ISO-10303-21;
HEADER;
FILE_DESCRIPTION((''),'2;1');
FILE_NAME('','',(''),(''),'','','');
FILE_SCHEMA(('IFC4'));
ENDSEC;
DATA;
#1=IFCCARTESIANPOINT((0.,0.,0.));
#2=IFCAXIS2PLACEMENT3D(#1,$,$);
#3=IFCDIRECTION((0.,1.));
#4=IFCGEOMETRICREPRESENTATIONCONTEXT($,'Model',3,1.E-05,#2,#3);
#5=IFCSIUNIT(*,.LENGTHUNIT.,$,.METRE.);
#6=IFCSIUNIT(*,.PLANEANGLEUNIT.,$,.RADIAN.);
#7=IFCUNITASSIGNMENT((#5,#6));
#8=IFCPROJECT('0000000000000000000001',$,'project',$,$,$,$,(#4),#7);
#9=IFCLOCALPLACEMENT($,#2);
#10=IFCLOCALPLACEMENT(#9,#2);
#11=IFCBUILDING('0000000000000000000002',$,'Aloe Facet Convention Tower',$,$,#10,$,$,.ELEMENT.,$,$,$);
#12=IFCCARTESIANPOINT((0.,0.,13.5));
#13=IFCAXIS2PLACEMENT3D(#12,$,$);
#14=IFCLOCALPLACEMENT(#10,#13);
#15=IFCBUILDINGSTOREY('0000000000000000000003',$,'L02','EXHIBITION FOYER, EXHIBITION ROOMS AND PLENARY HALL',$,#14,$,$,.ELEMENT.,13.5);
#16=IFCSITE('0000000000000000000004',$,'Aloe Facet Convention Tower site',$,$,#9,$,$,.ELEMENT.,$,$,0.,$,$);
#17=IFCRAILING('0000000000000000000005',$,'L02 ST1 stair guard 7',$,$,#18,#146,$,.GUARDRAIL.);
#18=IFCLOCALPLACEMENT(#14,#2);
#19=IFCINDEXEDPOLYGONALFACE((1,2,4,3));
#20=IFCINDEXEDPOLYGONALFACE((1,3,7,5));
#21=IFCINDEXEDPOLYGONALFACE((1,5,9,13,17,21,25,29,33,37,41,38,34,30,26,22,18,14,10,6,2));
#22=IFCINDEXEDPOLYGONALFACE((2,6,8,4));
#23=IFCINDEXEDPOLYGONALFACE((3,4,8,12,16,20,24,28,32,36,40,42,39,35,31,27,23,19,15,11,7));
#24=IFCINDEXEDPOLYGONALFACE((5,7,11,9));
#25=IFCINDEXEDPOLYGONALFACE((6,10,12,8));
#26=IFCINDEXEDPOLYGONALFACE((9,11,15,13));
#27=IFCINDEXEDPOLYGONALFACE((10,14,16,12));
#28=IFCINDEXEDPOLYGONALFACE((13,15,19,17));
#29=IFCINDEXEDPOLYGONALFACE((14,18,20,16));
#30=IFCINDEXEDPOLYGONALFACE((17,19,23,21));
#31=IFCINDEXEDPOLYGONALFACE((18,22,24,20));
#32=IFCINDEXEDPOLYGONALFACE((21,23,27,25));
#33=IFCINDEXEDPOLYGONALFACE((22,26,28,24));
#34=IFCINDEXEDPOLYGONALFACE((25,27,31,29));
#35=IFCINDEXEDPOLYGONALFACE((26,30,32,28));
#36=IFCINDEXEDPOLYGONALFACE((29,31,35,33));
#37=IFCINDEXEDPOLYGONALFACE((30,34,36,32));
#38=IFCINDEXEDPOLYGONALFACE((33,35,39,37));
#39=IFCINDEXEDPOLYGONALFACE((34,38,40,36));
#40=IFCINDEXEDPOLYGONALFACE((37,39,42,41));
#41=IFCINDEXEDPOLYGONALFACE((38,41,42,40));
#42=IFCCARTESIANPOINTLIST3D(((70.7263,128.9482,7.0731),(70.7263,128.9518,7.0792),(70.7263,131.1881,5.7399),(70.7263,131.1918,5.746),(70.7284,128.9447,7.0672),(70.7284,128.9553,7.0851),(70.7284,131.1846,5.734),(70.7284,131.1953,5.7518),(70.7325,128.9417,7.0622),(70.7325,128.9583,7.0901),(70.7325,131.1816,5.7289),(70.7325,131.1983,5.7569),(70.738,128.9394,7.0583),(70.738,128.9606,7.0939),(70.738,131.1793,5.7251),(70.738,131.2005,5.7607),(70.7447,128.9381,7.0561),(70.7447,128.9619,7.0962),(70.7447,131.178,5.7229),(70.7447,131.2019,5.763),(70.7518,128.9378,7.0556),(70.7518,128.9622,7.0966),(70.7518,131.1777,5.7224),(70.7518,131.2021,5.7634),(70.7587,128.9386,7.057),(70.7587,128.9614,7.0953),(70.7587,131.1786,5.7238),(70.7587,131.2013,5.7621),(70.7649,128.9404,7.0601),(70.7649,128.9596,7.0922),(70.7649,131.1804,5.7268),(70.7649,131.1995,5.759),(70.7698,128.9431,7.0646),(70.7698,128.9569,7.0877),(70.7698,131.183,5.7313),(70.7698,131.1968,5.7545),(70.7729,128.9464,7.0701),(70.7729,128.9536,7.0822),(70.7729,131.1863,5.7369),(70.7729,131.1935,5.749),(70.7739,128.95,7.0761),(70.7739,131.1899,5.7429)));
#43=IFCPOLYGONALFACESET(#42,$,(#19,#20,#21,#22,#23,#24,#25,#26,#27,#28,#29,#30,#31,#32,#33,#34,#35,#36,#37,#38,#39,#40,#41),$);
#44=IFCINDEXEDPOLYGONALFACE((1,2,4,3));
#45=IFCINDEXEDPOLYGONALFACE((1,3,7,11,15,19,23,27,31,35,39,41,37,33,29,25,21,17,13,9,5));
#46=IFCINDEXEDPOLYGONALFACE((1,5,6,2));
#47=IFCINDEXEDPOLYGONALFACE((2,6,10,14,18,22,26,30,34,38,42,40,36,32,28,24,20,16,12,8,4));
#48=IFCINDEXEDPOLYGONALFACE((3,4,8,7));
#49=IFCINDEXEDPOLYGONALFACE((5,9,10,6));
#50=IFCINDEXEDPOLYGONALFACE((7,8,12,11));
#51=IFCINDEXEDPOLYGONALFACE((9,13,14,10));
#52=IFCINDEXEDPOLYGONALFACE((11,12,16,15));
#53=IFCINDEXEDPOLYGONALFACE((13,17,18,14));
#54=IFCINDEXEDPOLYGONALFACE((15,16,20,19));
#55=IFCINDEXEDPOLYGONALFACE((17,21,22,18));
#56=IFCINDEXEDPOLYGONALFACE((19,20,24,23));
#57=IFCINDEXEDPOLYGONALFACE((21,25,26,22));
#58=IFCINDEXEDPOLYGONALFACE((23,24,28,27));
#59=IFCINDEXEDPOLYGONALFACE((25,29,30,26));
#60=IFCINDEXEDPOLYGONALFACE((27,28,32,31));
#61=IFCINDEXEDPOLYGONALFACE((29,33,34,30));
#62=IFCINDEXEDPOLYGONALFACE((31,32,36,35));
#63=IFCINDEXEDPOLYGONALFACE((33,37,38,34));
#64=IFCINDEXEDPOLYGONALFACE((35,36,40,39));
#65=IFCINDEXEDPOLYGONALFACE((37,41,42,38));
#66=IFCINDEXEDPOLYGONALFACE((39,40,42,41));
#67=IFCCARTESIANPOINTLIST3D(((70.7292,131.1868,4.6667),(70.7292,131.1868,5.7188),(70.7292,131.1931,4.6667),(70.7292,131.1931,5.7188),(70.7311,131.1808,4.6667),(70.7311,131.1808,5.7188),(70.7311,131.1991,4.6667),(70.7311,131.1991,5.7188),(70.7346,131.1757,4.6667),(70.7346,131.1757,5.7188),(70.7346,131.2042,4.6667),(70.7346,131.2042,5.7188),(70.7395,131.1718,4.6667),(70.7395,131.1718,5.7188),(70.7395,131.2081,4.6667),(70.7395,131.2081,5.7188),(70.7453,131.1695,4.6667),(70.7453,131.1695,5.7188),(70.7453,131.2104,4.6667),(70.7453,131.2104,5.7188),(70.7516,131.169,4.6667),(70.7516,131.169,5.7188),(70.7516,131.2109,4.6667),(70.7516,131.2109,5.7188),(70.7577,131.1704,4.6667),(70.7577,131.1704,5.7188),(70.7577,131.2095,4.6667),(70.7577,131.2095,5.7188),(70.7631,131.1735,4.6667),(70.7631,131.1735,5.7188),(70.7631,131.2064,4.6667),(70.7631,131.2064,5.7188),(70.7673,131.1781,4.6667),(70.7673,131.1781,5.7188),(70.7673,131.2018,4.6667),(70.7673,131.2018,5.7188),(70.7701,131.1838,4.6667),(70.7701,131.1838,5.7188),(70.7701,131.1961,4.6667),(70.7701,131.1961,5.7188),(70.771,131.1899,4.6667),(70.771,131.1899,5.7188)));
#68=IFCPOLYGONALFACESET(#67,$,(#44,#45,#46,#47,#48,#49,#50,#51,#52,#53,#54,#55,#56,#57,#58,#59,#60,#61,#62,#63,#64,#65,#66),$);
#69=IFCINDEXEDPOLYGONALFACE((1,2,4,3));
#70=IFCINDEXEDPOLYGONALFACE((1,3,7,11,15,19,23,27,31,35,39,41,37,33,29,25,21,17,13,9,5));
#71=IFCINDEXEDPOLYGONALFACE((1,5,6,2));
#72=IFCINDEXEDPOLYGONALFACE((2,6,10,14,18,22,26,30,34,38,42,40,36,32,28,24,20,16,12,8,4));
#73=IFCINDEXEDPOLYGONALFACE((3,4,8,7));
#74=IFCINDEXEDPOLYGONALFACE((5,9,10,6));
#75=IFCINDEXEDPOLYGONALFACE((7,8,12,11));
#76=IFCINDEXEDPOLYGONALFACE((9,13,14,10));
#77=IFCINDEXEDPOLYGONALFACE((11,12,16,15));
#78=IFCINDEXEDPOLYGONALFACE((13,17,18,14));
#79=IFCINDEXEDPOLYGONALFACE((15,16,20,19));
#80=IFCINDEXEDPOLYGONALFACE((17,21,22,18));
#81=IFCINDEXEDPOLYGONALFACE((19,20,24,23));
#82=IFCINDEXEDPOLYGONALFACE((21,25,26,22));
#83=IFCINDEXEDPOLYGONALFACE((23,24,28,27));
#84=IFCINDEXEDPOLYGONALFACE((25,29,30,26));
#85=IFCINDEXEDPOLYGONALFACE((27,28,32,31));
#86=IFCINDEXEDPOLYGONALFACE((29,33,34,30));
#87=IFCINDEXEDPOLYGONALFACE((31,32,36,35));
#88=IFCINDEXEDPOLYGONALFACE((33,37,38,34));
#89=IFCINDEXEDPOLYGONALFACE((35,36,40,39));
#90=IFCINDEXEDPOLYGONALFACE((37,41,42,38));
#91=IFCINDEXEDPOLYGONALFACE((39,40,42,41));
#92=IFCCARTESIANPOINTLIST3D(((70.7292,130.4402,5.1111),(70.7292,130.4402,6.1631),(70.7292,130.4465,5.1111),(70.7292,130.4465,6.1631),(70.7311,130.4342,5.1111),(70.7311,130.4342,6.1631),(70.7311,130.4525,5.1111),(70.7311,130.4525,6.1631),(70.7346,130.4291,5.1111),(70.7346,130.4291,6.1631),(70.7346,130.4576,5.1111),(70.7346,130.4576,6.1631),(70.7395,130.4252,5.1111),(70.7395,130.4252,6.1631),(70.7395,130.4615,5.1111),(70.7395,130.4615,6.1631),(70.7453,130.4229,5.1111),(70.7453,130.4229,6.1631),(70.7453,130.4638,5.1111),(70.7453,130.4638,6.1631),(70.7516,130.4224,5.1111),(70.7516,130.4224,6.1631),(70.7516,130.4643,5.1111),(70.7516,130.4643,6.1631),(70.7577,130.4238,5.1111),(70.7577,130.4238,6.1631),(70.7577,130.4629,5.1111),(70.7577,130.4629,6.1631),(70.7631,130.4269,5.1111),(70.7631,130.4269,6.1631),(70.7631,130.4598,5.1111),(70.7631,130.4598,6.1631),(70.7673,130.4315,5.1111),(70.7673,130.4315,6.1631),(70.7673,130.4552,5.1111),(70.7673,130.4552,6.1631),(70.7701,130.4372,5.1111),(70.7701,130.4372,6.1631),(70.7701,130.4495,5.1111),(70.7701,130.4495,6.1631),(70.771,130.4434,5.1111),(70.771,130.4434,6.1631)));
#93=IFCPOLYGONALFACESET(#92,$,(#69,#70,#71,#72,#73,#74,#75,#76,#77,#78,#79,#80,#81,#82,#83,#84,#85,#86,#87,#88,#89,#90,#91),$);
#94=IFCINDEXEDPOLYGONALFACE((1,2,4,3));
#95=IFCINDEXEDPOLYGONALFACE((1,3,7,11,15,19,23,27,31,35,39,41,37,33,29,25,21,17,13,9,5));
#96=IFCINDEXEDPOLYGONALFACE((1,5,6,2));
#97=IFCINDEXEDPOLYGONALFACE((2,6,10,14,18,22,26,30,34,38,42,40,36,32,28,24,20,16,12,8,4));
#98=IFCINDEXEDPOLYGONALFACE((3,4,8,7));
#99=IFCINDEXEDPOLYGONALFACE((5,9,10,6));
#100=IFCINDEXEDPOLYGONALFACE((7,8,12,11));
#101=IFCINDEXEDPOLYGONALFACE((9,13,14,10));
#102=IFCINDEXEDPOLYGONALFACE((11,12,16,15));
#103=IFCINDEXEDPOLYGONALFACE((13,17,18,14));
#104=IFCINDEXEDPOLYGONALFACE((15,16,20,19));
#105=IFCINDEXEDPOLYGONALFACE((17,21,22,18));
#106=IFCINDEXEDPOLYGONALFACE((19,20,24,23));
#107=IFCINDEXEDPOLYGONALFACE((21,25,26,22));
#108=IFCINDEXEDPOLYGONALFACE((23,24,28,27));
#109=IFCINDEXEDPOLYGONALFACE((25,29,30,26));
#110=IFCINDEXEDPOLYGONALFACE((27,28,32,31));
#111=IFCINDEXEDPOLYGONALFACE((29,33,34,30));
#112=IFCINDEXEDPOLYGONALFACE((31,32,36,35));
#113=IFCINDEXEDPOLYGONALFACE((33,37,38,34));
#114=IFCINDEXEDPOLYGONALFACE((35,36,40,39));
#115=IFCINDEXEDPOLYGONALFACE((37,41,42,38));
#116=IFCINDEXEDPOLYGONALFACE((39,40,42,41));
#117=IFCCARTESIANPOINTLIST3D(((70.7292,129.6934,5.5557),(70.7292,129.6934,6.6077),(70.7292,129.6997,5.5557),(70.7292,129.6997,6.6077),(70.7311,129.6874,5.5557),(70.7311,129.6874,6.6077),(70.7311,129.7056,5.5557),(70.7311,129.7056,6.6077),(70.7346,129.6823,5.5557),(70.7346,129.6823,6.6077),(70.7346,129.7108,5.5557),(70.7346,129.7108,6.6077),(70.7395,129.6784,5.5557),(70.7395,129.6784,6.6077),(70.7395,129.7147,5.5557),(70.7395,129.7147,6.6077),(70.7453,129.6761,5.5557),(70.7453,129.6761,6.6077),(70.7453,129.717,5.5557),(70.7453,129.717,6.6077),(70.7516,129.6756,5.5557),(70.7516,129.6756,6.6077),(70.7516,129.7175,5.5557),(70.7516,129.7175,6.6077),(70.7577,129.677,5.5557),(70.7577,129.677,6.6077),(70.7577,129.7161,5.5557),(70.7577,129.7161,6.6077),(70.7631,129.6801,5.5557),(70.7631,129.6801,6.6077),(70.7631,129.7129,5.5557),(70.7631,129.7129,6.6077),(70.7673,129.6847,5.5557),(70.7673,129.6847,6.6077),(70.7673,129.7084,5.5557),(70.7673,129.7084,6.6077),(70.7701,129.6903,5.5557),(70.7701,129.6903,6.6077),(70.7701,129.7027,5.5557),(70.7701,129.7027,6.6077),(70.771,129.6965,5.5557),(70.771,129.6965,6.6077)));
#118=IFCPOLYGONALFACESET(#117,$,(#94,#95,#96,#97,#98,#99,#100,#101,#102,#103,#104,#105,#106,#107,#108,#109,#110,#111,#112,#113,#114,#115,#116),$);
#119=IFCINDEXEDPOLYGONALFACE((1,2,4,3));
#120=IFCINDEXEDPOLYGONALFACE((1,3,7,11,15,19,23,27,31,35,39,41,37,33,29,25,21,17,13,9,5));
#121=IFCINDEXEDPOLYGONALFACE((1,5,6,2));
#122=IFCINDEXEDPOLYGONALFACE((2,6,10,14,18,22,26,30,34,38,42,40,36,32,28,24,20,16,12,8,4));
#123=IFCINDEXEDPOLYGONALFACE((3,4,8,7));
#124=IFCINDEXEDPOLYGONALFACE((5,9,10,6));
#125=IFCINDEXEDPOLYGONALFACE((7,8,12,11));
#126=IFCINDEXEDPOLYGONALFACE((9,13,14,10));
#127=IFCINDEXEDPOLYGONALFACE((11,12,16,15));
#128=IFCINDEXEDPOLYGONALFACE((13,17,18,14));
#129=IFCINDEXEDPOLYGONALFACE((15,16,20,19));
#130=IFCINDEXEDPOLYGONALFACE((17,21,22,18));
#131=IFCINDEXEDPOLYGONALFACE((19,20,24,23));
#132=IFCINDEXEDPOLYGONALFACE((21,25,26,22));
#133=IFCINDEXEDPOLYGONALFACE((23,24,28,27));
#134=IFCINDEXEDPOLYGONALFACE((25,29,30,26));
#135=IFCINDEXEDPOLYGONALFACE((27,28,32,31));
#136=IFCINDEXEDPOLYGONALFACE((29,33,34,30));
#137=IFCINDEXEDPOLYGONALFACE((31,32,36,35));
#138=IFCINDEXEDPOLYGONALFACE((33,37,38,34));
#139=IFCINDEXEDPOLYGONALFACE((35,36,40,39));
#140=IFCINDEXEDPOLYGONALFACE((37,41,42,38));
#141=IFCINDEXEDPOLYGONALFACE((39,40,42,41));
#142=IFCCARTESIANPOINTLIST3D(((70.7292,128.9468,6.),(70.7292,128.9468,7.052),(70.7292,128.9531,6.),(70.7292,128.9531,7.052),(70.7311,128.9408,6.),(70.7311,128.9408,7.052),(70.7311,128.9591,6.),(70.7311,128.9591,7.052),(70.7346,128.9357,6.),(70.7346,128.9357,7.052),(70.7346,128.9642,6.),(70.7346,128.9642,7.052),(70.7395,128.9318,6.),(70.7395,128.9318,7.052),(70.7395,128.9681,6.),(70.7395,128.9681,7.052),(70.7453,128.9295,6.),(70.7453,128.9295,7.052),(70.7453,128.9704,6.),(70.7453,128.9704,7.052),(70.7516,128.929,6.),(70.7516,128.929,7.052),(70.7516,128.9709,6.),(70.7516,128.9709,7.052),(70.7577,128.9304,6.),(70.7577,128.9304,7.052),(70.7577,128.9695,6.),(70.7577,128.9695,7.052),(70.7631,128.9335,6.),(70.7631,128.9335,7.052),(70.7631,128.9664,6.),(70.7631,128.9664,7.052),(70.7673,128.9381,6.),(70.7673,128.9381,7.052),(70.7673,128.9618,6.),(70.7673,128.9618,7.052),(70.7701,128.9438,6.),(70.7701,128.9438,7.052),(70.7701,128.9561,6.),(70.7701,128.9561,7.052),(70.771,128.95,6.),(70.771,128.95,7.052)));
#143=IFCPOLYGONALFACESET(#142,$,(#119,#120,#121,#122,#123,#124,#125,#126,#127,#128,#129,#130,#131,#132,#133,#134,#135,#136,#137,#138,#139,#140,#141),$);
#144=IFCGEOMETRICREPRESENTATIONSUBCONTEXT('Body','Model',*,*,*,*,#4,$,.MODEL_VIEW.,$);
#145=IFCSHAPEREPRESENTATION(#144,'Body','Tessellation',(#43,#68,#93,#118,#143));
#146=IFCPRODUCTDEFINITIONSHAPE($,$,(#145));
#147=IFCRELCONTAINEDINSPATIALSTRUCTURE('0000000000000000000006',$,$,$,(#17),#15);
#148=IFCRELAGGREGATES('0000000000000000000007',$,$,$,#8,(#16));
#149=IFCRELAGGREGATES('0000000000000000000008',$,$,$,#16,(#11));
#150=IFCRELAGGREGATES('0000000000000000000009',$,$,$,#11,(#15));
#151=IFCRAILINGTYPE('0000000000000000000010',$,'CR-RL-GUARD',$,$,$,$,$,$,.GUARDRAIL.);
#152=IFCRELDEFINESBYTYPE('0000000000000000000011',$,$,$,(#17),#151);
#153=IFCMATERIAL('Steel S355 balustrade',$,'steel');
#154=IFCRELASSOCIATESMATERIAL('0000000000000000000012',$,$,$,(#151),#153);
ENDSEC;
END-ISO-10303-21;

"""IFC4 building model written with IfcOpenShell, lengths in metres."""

from ifc_helpers import new_model, si_unit, direction, frame, origin, origin_2d, place, context, subcontext, project, spatial, circle, extrude, material, type_object, element, save


model = new_model("IFC4")

# Units and contexts
model_context = context("Model", 3, precision=1e-05, world=origin(), true_north=direction((0.0, 1.0)))
body_context = subcontext(model_context, "Body", "Model", "MODEL_VIEW")
ifc_project = project(units=[si_unit("LENGTHUNIT", "METRE"), si_unit("PLANEANGLEUNIT", "RADIAN")], contexts=[model_context])

# Site, building, storey
site_placement = place(None, origin())
site = spatial("IfcSite", under=ifc_project, at=site_placement, Name="Aloe Facet Convention Tower site", CompositionType="ELEMENT", RefElevation=0.0)
building_placement = place(site_placement, origin())
building = spatial("IfcBuilding", under=site, at=building_placement, Name="Aloe Facet Convention Tower", CompositionType="ELEMENT")
storey_placement = place(building_placement, frame((0.0, 0.0, 13.5)))
storey = spatial("IfcBuildingStorey", under=building, at=storey_placement, Name="L02", Description="EXHIBITION FOYER, EXHIBITION ROOMS AND PLENARY HALL", CompositionType="ELEMENT", Elevation=13.5)

# Railing
ifc_material_1 = material(Name="Steel S355 balustrade", Category="steel")
railing_type_1 = type_object("IfcRailingType", Name="CR-RL-GUARD", PredefinedType="GUARDRAIL", material=ifc_material_1)
railing_1_placement = place(storey_placement, frame((70.75, 131.1899, 4.6667)))
element("IfcRailing", 1, at=railing_1_placement, inside=storey, type_object=railing_type_1, Name="L02 ST1 stair guard 7", PredefinedType="GUARDRAIL", context=body_context, shape_type="SweptSolid", body=[
    extrude(circle(Radius=0.0239, at=origin_2d()), frame((0.0, 0.0, 1.0762), z_axis=(0.0, -0.859306, 0.511462), x_axis=(1.0, 0.0, 0.0)), (0.0, 0.0, 1.0), 2.6067),
    extrude(circle(Radius=0.021, at=origin_2d()), origin(), (0.0, 0.0, 1.0), 1.052),
    extrude(circle(Radius=0.021, at=origin_2d()), frame((0.0, -0.7466, 0.4443)), (0.0, 0.0, 1.0), 1.052),
    extrude(circle(Radius=0.021, at=origin_2d()), frame((0.0, -1.4934, 0.8889)), (0.0, 0.0, 1.0), 1.052),
    extrude(circle(Radius=0.021, at=origin_2d()), frame((0.0, -2.24, 1.3333)), (0.0, 0.0, 1.0), 1.052),
])

save(model, "model.ifc")
